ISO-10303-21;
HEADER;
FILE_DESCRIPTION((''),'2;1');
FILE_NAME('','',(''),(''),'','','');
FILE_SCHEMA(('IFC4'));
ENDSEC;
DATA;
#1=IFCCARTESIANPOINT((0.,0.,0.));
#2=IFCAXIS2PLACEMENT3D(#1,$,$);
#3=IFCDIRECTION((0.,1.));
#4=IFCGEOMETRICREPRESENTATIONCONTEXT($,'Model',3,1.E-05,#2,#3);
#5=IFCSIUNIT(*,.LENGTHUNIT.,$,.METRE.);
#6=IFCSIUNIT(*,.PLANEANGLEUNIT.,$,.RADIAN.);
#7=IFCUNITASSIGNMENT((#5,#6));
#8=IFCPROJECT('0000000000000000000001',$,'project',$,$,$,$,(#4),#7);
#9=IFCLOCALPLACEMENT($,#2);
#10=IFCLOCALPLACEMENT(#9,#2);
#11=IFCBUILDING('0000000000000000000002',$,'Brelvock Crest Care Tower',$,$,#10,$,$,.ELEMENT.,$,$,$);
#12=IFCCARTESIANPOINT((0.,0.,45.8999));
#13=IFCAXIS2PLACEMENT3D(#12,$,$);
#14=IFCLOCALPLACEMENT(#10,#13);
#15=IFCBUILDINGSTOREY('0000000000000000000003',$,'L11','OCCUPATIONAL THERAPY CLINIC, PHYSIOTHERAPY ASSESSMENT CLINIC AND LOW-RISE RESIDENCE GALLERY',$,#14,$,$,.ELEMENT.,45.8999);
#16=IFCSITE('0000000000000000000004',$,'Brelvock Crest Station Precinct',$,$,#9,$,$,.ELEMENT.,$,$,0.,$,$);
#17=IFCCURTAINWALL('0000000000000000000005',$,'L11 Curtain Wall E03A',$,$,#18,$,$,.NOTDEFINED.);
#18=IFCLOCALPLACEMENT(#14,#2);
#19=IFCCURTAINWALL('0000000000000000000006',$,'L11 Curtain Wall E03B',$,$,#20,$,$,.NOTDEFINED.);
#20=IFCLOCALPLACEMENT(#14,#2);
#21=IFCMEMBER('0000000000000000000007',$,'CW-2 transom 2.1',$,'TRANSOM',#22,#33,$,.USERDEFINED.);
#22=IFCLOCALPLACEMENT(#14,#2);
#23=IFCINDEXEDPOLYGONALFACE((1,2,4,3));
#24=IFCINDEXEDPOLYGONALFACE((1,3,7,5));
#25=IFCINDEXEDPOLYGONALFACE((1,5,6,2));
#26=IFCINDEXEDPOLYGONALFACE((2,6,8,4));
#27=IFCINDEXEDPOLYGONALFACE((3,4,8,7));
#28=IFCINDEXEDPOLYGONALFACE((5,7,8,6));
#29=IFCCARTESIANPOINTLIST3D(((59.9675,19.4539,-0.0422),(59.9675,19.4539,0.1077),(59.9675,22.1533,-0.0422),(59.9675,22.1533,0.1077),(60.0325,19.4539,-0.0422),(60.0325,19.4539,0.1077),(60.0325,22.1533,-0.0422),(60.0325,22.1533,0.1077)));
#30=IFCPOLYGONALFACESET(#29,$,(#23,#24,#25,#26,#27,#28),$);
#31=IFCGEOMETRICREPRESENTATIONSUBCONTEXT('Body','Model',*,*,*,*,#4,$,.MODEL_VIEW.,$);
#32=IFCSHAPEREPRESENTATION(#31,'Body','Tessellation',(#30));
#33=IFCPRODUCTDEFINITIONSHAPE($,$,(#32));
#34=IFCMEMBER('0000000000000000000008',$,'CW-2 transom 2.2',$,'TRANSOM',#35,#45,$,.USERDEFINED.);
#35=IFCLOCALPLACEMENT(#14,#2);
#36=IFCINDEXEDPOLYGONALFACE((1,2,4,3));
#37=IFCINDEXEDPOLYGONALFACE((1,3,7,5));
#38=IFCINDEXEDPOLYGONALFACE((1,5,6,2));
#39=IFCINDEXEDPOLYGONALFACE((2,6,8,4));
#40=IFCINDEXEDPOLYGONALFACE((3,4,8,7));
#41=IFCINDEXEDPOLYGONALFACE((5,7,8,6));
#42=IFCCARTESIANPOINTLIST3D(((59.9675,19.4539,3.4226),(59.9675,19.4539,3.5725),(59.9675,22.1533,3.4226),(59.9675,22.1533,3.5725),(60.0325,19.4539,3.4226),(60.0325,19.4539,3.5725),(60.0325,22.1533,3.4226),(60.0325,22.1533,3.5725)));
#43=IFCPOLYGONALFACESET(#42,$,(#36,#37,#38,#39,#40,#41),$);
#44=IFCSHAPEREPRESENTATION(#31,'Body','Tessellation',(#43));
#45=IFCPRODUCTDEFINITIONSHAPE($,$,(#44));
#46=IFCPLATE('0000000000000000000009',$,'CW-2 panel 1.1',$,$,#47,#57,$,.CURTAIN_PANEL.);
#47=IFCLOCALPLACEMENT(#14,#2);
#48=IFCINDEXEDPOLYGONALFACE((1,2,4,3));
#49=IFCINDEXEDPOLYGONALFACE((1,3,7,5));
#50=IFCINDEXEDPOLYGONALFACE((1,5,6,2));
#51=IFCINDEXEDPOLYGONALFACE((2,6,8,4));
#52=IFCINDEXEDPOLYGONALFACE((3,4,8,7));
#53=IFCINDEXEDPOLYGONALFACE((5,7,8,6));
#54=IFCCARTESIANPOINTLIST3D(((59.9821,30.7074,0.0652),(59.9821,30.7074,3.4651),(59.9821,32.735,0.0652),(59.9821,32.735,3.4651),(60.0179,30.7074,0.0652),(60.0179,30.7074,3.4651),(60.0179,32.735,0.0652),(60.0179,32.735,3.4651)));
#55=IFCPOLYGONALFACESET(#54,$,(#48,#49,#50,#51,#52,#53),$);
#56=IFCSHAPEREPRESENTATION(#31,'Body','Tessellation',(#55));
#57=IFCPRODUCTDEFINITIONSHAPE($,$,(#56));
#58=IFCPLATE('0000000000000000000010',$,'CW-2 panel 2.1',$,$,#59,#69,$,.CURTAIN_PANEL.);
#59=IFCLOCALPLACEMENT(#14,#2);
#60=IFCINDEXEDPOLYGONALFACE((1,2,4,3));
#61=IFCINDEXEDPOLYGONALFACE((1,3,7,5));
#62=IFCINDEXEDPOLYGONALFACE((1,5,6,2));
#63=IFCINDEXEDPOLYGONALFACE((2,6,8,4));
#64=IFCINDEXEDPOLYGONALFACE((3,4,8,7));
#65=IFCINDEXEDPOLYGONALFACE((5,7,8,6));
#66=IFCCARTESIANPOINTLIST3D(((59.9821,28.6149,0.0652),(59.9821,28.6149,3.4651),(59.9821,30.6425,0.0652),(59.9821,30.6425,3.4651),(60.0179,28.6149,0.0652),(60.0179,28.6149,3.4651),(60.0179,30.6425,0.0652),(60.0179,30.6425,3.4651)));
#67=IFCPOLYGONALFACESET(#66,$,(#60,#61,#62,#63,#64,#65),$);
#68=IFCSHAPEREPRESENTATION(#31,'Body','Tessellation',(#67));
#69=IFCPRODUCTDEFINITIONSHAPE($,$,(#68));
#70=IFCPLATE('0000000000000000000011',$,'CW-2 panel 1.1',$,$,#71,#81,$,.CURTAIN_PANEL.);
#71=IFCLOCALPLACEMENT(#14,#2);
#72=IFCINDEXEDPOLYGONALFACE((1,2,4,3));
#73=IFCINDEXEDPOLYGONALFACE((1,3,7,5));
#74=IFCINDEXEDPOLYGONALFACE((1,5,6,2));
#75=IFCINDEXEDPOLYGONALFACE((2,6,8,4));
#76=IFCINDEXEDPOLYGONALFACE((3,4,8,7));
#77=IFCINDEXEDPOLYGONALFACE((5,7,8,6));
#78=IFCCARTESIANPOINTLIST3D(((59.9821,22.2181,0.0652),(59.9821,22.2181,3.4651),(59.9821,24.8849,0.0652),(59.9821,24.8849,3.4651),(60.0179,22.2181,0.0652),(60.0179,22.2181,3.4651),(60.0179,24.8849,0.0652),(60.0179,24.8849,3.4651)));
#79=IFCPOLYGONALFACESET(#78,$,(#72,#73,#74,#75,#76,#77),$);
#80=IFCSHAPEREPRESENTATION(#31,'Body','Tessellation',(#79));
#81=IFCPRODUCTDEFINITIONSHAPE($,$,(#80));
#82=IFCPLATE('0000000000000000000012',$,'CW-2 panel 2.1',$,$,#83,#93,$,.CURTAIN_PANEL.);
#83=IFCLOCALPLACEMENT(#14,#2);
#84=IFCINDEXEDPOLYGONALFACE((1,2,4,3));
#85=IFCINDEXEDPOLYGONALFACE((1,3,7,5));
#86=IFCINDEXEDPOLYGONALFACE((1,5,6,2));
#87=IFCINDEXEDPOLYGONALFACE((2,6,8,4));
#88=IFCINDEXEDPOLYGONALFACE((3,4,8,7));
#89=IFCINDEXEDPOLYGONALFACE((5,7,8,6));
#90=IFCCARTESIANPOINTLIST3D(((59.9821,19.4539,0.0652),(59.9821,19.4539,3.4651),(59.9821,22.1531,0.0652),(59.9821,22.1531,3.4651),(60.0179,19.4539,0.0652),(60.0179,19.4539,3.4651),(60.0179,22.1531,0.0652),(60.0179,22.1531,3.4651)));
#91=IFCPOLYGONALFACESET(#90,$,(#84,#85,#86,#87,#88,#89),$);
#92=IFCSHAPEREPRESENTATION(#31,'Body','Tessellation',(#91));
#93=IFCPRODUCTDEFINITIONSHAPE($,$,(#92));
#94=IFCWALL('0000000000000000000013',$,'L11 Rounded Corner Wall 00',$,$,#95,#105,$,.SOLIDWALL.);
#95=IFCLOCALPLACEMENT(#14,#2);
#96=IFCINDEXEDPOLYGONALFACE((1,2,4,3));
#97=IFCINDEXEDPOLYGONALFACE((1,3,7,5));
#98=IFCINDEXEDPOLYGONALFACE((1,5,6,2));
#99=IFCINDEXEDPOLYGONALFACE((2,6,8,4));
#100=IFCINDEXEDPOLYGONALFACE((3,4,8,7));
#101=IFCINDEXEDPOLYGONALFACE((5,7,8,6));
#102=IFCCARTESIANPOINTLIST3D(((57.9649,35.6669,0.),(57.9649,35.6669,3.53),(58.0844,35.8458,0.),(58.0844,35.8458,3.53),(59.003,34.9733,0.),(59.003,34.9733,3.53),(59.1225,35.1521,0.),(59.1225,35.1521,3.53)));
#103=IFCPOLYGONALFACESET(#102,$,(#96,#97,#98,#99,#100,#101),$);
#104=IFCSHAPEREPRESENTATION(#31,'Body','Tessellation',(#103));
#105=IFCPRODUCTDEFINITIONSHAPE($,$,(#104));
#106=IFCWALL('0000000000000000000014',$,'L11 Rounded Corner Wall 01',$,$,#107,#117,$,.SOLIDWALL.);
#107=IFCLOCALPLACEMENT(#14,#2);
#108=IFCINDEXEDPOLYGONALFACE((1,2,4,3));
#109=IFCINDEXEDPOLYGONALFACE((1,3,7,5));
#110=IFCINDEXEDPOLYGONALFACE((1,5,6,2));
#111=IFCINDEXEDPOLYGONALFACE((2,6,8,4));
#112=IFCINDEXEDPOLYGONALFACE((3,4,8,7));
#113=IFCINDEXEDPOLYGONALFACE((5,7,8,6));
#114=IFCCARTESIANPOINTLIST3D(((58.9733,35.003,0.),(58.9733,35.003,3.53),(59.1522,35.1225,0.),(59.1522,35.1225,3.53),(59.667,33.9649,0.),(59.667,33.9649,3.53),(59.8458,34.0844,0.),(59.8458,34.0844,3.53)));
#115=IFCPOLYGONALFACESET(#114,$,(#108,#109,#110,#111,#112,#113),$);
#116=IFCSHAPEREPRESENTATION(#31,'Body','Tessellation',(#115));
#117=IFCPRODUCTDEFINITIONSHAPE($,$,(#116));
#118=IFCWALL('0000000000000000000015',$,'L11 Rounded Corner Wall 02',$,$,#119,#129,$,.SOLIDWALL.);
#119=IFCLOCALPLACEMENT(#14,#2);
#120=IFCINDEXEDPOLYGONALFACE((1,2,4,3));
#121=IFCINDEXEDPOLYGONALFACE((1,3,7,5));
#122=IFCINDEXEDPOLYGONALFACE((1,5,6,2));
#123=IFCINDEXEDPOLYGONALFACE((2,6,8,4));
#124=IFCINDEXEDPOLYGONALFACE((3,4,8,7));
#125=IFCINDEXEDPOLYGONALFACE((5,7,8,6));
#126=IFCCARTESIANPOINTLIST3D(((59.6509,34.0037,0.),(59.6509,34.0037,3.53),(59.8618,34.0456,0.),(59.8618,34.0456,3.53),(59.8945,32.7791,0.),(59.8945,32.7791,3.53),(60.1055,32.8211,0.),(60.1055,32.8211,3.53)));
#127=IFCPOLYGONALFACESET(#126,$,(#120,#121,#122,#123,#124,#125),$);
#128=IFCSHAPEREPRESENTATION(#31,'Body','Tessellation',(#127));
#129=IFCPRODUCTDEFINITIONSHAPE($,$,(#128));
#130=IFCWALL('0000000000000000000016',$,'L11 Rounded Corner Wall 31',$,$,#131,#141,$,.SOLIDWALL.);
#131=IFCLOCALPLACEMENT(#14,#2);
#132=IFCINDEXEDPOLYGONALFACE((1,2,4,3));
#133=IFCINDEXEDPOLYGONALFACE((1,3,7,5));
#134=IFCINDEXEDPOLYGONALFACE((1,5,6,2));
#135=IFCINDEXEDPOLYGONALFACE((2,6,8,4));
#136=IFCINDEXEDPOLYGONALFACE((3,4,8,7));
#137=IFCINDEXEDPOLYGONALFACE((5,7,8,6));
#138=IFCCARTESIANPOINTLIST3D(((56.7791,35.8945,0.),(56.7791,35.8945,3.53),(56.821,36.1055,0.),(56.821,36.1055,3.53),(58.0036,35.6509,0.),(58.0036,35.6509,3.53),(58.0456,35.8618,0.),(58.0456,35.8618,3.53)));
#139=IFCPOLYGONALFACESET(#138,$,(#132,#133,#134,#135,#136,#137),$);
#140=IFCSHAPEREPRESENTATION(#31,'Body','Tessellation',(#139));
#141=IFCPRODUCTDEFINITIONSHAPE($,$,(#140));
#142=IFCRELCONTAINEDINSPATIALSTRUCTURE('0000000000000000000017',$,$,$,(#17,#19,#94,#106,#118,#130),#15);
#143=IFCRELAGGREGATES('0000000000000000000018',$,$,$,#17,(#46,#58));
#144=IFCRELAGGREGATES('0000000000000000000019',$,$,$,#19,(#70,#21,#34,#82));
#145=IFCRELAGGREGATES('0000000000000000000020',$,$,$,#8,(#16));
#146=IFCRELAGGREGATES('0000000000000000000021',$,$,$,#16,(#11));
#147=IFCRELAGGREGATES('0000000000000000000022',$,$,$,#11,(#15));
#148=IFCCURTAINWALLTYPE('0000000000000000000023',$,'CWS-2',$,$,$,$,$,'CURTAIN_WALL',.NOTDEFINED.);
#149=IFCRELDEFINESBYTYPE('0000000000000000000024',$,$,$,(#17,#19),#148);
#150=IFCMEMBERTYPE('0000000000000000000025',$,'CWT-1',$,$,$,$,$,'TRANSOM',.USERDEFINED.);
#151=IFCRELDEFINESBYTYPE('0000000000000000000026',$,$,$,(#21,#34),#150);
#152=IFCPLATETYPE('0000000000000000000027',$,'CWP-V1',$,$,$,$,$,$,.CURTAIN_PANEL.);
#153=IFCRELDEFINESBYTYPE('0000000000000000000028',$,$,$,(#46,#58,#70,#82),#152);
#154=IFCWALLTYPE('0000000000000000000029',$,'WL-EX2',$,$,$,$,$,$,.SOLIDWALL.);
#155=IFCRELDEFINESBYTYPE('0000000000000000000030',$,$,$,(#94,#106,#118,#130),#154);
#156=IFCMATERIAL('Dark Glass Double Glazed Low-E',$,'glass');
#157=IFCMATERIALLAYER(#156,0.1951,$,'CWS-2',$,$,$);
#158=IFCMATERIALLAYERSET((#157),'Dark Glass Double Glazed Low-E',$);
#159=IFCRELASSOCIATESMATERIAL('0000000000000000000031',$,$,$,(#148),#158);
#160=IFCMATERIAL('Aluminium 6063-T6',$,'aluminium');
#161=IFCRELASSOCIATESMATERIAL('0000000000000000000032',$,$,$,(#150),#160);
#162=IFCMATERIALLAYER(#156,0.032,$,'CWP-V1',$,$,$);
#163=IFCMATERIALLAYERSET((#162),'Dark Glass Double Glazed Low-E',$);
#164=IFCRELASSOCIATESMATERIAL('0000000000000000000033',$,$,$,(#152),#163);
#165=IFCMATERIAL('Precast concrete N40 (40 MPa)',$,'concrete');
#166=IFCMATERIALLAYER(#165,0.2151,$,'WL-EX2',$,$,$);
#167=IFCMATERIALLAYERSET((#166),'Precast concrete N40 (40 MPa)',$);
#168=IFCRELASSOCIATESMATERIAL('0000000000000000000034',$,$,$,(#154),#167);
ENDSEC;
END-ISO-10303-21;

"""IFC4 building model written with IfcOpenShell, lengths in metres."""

from ifc_helpers import new_model, si_unit, direction, frame, frame_2d, origin, origin_2d, place, context, subcontext, project, spatial, rectangle, extrude, source, transform, mapped, material, layer, layer_set, material_profile, profile_set, type_object, element, aggregate, save


model = new_model("IFC4")

# Units and contexts
model_context = context("Model", 3, precision=1e-05, world=origin(), true_north=direction((0.0, 1.0)))
body_context = subcontext(model_context, "Body", "Model", "MODEL_VIEW")
ifc_project = project(units=[si_unit("LENGTHUNIT", "METRE"), si_unit("PLANEANGLEUNIT", "RADIAN")], contexts=[model_context])

# Site, building, storey
site_placement = place(None, origin())
site = spatial("IfcSite", under=ifc_project, at=site_placement, Name="Brelvock Crest Station Precinct", CompositionType="ELEMENT", RefElevation=0.0)
building_placement = place(site_placement, origin())
building = spatial("IfcBuilding", under=site, at=building_placement, Name="Brelvock Crest Care Tower", CompositionType="ELEMENT")
storey_placement = place(building_placement, frame((0.0, 0.0, 45.8999)))
storey = spatial("IfcBuildingStorey", under=building, at=storey_placement, Name="L11", Description="OCCUPATIONAL THERAPY CLINIC, PHYSIOTHERAPY ASSESSMENT CLINIC AND LOW-RISE RESIDENCE GALLERY", CompositionType="ELEMENT", Elevation=45.8999)

# Curtain walls
ifc_material_1 = material(Name="Dark Glass Double Glazed Low-E", Category="glass")
ifc_layer_1 = layer(ifc_material_1, 0.1951, Name="CWS-2")
ifc_layer_set_1 = layer_set([ifc_layer_1], Name="Dark Glass Double Glazed Low-E")
curtain_wall_type = type_object("IfcCurtainWallType", Name="CWS-2", ElementType="CURTAIN_WALL", PredefinedType="NOTDEFINED", material=ifc_layer_set_1)
curtain_wall_1_placement = place(storey_placement, origin())
curtain_wall_1 = element("IfcCurtainWall", 1, at=curtain_wall_1_placement, inside=storey, type_object=curtain_wall_type, Name="L11 Curtain Wall E03A", PredefinedType="NOTDEFINED")
ifc_material_2 = material(Name="Aluminium 6063-T6", Category="aluminium")
curtain_wall_2_placement = place(storey_placement, origin())
curtain_wall_2 = element("IfcCurtainWall", 2, at=curtain_wall_2_placement, inside=storey, type_object=curtain_wall_type, Name="L11 Curtain Wall E03B", PredefinedType="NOTDEFINED")

# Members
ifc_material_profile_1 = material_profile(ifc_material_2, rectangle(XDim=0.0649, YDim=0.1499, at=origin_2d()), Name="ALU65x150")
ifc_profile_set_1 = profile_set([ifc_material_profile_1], Name="Aluminium 6063-T6")
member_type_1 = type_object("IfcMemberType", Name="CWT-1", ElementType="TRANSOM", PredefinedType="USERDEFINED", material=ifc_profile_set_1)
shared_shape_1 = source(origin(), body_context, "Body", "SweptSolid", [
    extrude(rectangle(XDim=0.0649, YDim=0.1499, at=origin_2d()), origin(), (0.0, 0.0, 1.0), 2.6995),
])
member_1_placement = place(storey_placement, frame((60.0, 22.1533, 0.0327), z_axis=(0.0, -1.0, 0.0), x_axis=(1.0, 0.0, 0.0)))
member_1 = element("IfcMember", 3, at=member_1_placement, type_object=member_type_1, Name="CW-2 transom 2.1", ObjectType="TRANSOM", PredefinedType="USERDEFINED", context=body_context, shape_type="MappedRepresentation", body=[
    mapped(shared_shape_1, transform((0.0, 0.0, 0.0), x_axis=(1.0, 0.0, 0.0), y_axis=(0.0, 1.0, 0.0), z_axis=(0.0, 0.0, 1.0), scale=1.0)),
])
member_2_placement = place(storey_placement, frame((60.0, 22.1533, 3.4976), z_axis=(0.0, -1.0, 0.0), x_axis=(1.0, 0.0, 0.0)))
member_2 = element("IfcMember", 4, at=member_2_placement, type_object=member_type_1, Name="CW-2 transom 2.2", ObjectType="TRANSOM", PredefinedType="USERDEFINED", context=body_context, shape_type="MappedRepresentation", body=[
    mapped(shared_shape_1, transform((0.0, 0.0, 0.0), x_axis=(1.0, 0.0, 0.0), y_axis=(0.0, 1.0, 0.0), z_axis=(0.0, 0.0, 1.0), scale=1.0)),
])

# Plates
ifc_layer_2 = layer(ifc_material_1, 0.032, Name="CWP-V1")
ifc_layer_set_2 = layer_set([ifc_layer_2], Name="Dark Glass Double Glazed Low-E")
plate_type = type_object("IfcPlateType", Name="CWP-V1", PredefinedType="CURTAIN_PANEL", material=ifc_layer_set_2)
shared_shape_2 = source(origin(), body_context, "Body", "SweptSolid", [
    extrude(rectangle(XDim=2.0276, YDim=0.0359, at=origin_2d()), origin(), (0.0, 0.0, 1.0), 3.3999),
])
plate_1_placement = place(storey_placement, frame((60.0, 31.7212, 0.0652), z_axis=(0.0, 0.0, 1.0), x_axis=(0.0, -1.0, 0.0)))
plate_1 = element("IfcPlate", 5, at=plate_1_placement, type_object=plate_type, Name="CW-2 panel 1.1", PredefinedType="CURTAIN_PANEL", context=body_context, shape_type="MappedRepresentation", body=[
    mapped(shared_shape_2, transform((0.0, 0.0, 0.0), x_axis=(1.0, 0.0, 0.0), y_axis=(0.0, 1.0, 0.0), z_axis=(0.0, 0.0, 1.0), scale=1.0)),
])
plate_2_placement = place(storey_placement, frame((60.0, 29.6287, 0.0652), z_axis=(0.0, 0.0, 1.0), x_axis=(0.0, -1.0, 0.0)))
plate_2 = element("IfcPlate", 6, at=plate_2_placement, type_object=plate_type, Name="CW-2 panel 2.1", PredefinedType="CURTAIN_PANEL", context=body_context, shape_type="MappedRepresentation", body=[
    mapped(shared_shape_2, transform((0.0, 0.0, 0.0), x_axis=(1.0, 0.0, 0.0), y_axis=(0.0, 1.0, 0.0), z_axis=(0.0, 0.0, 1.0), scale=1.0)),
])
aggregate(curtain_wall_1, [plate_1, plate_2])
shared_shape_3 = source(origin(), body_context, "Body", "SweptSolid", [
    extrude(rectangle(XDim=2.6667, YDim=0.0359, at=origin_2d()), origin(), (0.0, 0.0, 1.0), 3.3999),
])
plate_3_placement = place(storey_placement, frame((60.0, 23.5515, 0.0652), z_axis=(0.0, 0.0, 1.0), x_axis=(0.0, -1.0, 0.0)))
plate_3 = element("IfcPlate", 7, at=plate_3_placement, type_object=plate_type, Name="CW-2 panel 1.1", PredefinedType="CURTAIN_PANEL", context=body_context, shape_type="MappedRepresentation", body=[
    mapped(shared_shape_3, transform((0.0, 0.0, 0.0), x_axis=(1.0, 0.0, 0.0), y_axis=(0.0, 1.0, 0.0), z_axis=(0.0, 0.0, 1.0), scale=1.0)),
])
shared_shape_4 = source(origin(), body_context, "Body", "SweptSolid", [
    extrude(rectangle(XDim=2.6992, YDim=0.0359, at=origin_2d()), origin(), (0.0, 0.0, 1.0), 3.3999),
])
plate_4_placement = place(storey_placement, frame((60.0, 20.8035, 0.0652), z_axis=(0.0, 0.0, 1.0), x_axis=(0.0, -1.0, 0.0)))
plate_4 = element("IfcPlate", 8, at=plate_4_placement, type_object=plate_type, Name="CW-2 panel 2.1", PredefinedType="CURTAIN_PANEL", context=body_context, shape_type="MappedRepresentation", body=[
    mapped(shared_shape_4, transform((0.0, 0.0, 0.0), x_axis=(1.0, 0.0, 0.0), y_axis=(0.0, 1.0, 0.0), z_axis=(0.0, 0.0, 1.0), scale=1.0)),
])
aggregate(curtain_wall_2, [plate_3, member_1, member_2, plate_4])

# Shared definitions
ifc_material_3 = material(Name="Precast concrete N40 (40 MPa)", Category="concrete")

# Walls
ifc_layer_3 = layer(ifc_material_3, 0.2151, Name="WL-EX2")
ifc_layer_set_3 = layer_set([ifc_layer_3], Name="Precast concrete N40 (40 MPa)")
wall_type_1 = type_object("IfcWallType", Name="WL-EX2", PredefinedType="SOLIDWALL", material=ifc_layer_set_3)
for number, where, z_axis, x_axis, name in (
    (9, (58.0247, 35.7563, 0.0), (0.0, 0.0, 1.0), (0.831478, -0.555557, 0.0), "L11 Rounded Corner Wall 00"),
    (10, (59.0627, 35.0627, 0.0), (0.0, 0.0, 1.0), (0.555557, -0.831478, 0.0), "L11 Rounded Corner Wall 01"),
    (11, (59.7563, 34.0247, 0.0), (0.0, 0.0, 1.0), (0.195138, -0.980776, 0.0), "L11 Rounded Corner Wall 02"),
    (12, (56.8, 36.0, 0.0), (0.0, 0.0, 1.0), (0.980776, -0.195138, 0.0), "L11 Rounded Corner Wall 31"),
):
    element("IfcWall", number, at=place(storey_placement, frame(where, z_axis=z_axis, x_axis=x_axis)), inside=storey, type_object=wall_type_1, Name=name, PredefinedType="SOLIDWALL", context=body_context, shape_type="SweptSolid", body=[
        extrude(rectangle(XDim=1.2485, YDim=0.2151, at=frame_2d((0.6243, 0.0))), origin(), (0.0, 0.0, 1.0), 3.53),
    ])

save(model, "model.ifc")
